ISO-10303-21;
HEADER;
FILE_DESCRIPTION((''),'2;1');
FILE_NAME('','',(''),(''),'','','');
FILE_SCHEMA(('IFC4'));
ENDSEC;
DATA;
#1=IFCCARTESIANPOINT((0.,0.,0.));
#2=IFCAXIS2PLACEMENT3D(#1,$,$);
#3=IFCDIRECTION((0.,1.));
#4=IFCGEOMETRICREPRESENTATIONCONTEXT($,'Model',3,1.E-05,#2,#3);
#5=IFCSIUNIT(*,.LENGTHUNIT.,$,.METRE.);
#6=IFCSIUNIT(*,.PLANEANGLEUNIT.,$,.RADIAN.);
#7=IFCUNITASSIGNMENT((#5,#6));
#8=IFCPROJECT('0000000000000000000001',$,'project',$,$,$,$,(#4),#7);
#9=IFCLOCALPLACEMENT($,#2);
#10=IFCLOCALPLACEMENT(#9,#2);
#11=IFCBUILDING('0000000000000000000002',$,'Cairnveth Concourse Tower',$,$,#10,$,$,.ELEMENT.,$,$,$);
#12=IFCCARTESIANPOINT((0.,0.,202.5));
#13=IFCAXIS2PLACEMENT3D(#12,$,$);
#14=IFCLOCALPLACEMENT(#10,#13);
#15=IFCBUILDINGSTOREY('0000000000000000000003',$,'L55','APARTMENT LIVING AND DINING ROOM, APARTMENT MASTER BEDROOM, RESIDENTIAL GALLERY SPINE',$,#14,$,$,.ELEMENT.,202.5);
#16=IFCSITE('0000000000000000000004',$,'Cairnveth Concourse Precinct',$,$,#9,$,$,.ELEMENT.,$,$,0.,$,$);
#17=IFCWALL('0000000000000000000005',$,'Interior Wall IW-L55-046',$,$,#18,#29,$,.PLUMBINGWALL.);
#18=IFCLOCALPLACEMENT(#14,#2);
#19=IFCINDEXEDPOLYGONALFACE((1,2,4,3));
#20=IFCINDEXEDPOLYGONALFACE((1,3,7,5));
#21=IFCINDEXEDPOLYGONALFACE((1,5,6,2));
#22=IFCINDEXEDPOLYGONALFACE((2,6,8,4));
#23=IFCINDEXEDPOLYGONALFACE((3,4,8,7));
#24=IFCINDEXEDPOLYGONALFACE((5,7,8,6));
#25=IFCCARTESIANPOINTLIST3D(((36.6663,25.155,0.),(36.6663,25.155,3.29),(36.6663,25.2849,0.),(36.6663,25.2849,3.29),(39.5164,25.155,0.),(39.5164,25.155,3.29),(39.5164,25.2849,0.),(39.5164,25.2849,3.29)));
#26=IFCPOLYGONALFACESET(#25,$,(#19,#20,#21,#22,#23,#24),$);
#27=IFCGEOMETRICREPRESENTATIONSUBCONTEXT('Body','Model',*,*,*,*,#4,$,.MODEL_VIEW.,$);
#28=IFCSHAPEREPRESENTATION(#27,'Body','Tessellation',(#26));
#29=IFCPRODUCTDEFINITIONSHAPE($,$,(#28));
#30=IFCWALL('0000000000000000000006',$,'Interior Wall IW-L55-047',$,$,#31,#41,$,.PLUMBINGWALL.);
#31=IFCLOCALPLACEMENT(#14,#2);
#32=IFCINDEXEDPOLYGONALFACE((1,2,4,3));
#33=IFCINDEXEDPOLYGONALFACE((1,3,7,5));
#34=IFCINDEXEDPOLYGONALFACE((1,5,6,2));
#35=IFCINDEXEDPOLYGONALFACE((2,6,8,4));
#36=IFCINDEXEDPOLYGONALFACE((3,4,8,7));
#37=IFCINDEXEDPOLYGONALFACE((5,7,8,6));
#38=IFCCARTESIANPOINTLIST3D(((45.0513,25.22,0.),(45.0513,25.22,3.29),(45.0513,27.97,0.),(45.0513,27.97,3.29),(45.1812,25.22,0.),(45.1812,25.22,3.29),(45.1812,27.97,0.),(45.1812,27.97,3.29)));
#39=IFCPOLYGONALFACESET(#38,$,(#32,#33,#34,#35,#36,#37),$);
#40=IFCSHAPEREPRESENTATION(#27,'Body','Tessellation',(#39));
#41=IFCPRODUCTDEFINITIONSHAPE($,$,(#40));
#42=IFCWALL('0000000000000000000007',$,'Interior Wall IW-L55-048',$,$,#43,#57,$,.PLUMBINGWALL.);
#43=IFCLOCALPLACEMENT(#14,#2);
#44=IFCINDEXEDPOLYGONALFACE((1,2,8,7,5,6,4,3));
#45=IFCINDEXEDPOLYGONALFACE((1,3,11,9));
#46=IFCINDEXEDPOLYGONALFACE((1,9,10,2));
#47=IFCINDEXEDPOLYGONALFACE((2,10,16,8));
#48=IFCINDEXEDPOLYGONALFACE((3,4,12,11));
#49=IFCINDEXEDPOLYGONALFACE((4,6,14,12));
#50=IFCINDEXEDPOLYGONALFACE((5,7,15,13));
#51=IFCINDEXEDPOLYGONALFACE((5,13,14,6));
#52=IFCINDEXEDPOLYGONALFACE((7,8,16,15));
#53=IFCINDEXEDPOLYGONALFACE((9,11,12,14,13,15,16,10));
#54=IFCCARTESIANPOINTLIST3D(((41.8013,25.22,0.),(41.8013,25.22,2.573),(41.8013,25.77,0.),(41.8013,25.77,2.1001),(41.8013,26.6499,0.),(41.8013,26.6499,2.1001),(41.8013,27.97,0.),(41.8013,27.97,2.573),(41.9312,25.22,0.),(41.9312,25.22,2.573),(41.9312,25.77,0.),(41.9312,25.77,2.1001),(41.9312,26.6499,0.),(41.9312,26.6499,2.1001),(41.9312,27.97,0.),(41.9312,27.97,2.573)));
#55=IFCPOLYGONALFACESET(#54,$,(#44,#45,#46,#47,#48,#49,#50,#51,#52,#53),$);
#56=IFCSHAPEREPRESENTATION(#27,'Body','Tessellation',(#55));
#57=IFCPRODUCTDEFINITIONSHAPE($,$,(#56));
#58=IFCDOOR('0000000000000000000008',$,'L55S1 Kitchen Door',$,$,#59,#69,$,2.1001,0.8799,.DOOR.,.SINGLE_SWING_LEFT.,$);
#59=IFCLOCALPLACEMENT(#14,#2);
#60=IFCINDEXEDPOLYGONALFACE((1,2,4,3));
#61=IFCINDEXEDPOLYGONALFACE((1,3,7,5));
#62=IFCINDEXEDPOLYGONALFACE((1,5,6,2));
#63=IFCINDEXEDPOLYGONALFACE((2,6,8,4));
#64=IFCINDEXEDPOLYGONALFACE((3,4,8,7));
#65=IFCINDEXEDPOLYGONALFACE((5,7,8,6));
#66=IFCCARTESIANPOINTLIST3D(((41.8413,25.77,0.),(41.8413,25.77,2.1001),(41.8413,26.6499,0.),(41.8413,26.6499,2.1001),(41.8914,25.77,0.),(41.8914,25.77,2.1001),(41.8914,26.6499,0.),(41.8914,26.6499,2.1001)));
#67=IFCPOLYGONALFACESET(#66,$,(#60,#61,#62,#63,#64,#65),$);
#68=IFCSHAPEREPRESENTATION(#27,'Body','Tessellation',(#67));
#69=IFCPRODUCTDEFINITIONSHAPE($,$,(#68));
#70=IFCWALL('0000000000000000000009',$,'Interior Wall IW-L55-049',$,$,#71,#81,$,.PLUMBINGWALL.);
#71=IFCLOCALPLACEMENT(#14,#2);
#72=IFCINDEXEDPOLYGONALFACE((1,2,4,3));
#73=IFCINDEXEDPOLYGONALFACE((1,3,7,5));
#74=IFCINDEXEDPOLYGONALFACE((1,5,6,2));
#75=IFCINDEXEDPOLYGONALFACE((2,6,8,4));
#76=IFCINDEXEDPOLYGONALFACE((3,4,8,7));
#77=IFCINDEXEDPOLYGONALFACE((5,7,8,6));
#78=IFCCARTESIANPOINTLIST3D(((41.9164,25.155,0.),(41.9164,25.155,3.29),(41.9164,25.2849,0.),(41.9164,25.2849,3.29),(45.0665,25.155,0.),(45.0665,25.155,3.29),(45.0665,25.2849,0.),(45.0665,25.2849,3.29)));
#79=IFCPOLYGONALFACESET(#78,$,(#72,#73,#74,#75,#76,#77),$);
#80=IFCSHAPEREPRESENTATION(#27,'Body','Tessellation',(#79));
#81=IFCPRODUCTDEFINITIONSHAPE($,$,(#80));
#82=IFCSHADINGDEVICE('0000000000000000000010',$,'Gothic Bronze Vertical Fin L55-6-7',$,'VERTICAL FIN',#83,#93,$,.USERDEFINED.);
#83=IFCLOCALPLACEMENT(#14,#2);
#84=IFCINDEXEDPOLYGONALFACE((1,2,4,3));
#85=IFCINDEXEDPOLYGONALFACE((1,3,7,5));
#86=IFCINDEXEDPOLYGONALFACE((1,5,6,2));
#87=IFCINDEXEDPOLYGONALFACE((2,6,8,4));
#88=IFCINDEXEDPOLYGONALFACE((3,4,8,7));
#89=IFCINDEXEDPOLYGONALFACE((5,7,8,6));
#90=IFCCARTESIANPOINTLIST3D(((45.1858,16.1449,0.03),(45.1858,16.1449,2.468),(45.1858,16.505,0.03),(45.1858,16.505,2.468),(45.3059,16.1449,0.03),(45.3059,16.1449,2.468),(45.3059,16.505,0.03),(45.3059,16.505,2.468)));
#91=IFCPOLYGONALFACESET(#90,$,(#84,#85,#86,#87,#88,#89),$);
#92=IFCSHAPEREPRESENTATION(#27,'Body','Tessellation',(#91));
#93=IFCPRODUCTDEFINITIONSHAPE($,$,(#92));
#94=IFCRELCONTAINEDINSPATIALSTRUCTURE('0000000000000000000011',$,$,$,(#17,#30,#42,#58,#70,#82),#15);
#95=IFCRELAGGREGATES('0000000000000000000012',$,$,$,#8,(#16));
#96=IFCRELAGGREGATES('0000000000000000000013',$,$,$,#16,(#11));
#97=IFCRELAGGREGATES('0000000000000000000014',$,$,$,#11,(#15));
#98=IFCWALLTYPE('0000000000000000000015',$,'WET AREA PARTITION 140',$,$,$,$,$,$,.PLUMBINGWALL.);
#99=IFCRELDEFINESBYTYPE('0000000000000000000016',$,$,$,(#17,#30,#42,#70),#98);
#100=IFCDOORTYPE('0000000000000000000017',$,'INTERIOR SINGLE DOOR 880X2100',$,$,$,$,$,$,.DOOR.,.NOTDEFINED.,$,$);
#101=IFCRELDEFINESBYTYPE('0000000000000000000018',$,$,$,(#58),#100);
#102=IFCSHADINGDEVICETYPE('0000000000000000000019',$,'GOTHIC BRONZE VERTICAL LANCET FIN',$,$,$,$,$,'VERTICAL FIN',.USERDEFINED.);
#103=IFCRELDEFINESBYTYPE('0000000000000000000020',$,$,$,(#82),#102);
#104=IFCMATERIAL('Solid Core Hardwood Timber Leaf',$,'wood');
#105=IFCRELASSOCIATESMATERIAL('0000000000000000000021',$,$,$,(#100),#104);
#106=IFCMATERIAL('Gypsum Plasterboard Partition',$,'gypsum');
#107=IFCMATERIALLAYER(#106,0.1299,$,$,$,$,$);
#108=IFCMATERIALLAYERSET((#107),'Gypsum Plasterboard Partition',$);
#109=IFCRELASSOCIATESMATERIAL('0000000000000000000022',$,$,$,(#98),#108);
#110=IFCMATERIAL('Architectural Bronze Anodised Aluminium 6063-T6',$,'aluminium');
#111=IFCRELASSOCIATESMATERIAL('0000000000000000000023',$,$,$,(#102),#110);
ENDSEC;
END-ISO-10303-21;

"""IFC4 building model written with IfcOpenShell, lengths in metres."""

from ifc_helpers import new_model, si_unit, direction, frame, frame_2d, origin, origin_2d, place, context, subcontext, project, spatial, rectangle, extrude, material, layer, layer_set, type_object, element, fill, save


model = new_model("IFC4")

# Units and contexts
model_context = context("Model", 3, precision=1e-05, world=origin(), true_north=direction((0.0, 1.0)))
body_context = subcontext(model_context, "Body", "Model", "MODEL_VIEW")
ifc_project = project(units=[si_unit("LENGTHUNIT", "METRE"), si_unit("PLANEANGLEUNIT", "RADIAN")], contexts=[model_context])

# Site, building, storey
site_placement = place(None, origin())
site = spatial("IfcSite", under=ifc_project, at=site_placement, Name="Cairnveth Concourse Precinct", CompositionType="ELEMENT", RefElevation=0.0)
building_placement = place(site_placement, origin())
building = spatial("IfcBuilding", under=site, at=building_placement, Name="Cairnveth Concourse Tower", CompositionType="ELEMENT")
storey_placement = place(building_placement, frame((0.0, 0.0, 202.5)))
storey = spatial("IfcBuildingStorey", under=building, at=storey_placement, Name="L55", Description="APARTMENT LIVING AND DINING ROOM, APARTMENT MASTER BEDROOM, RESIDENTIAL GALLERY SPINE", CompositionType="ELEMENT", Elevation=202.5)

# Shared definitions
ifc_material_1 = material(Name="Gypsum Plasterboard Partition", Category="gypsum")
ifc_material_2 = material(Name="Solid Core Hardwood Timber Leaf", Category="wood")
door_type_1 = type_object("IfcDoorType", Name="INTERIOR SINGLE DOOR 880X2100", OperationType="NOTDEFINED", PredefinedType="DOOR", material=ifc_material_2)

# Shared definitions
ifc_layer_1 = layer(ifc_material_1, 0.1299)
ifc_layer_set_1 = layer_set([ifc_layer_1], Name="Gypsum Plasterboard Partition")
wall_type_1 = type_object("IfcWallType", Name="WET AREA PARTITION 140", PredefinedType="PLUMBINGWALL", material=ifc_layer_set_1)

# Walls
wall_1_placement = place(storey_placement, frame((36.6663, 25.22, 0.0), z_axis=(0.0, 0.0, 1.0), x_axis=(1.0, 0.0, 0.0)))
element("IfcWall", 1, at=wall_1_placement, inside=storey, type_object=wall_type_1, Name="Interior Wall IW-L55-046", PredefinedType="PLUMBINGWALL", context=body_context, shape_type="SweptSolid", body=[
    extrude(rectangle(XDim=2.8501, YDim=0.1299, at=frame_2d((1.425, 0.0))), origin(), (0.0, 0.0, 1.0), 3.29),
])
wall_2_placement = place(storey_placement, frame((45.1162, 25.22, 0.0), z_axis=(0.0, 0.0, 1.0), x_axis=(0.0, 1.0, 0.0)))
element("IfcWall", 2, at=wall_2_placement, inside=storey, type_object=wall_type_1, Name="Interior Wall IW-L55-047", PredefinedType="PLUMBINGWALL", context=body_context, shape_type="SweptSolid", body=[
    extrude(rectangle(XDim=2.75, YDim=0.1299, at=frame_2d((1.375, 0.0))), origin(), (0.0, 0.0, 1.0), 3.29),
])

# Wall, opening, door
wall_3_placement = place(storey_placement, frame((41.8662, 25.22, 0.0), z_axis=(0.0, 0.0, 1.0), x_axis=(0.0, 1.0, 0.0)))
wall_3 = element("IfcWall", 3, at=wall_3_placement, inside=storey, type_object=wall_type_1, Name="Interior Wall IW-L55-048", PredefinedType="PLUMBINGWALL", context=body_context, shape_type="SweptSolid", body=[
    extrude(rectangle(XDim=2.75, YDim=0.1299, at=frame_2d((1.375, 0.0))), origin(), (0.0, 0.0, 1.0), 2.573),
])
opening_1_placement = place(wall_3_placement, frame((0.55, 0.0, 0.0)))
opening_1 = element("IfcOpeningElement", 4, at=opening_1_placement, cuts=wall_3, PredefinedType="OPENING", context=body_context, shape_type="SweptSolid", body=[
    extrude(rectangle(XDim=0.8799, YDim=2.1001, at=frame_2d((0.4399, 1.05))), frame((0.0, 0.075, 0.0), z_axis=(0.0, -1.0, 0.0), x_axis=(1.0, 0.0, 0.0)), (0.0, 0.0, 1.0), 0.1499),
])
door_1_placement = place(opening_1_placement, origin())
door_1 = element("IfcDoor", 5, at=door_1_placement, inside=storey, type_object=door_type_1, Name="L55S1 Kitchen Door", OperationType="SINGLE_SWING_LEFT", OverallHeight=2.1001, OverallWidth=0.8799, PredefinedType="DOOR", context=body_context, shape_type="SweptSolid", body=[
    extrude(rectangle(XDim=0.8799, YDim=2.1001, at=frame_2d((0.4399, 1.05))), frame((0.0, 0.0249, 0.0), z_axis=(0.0, -1.0, 0.0), x_axis=(1.0, 0.0, 0.0)), (0.0, 0.0, 1.0), 0.05),
])
fill(opening_1, door_1)

# Wall
wall_4_placement = place(storey_placement, frame((41.9163, 25.22, 0.0), z_axis=(0.0, 0.0, 1.0), x_axis=(1.0, 0.0, 0.0)))
element("IfcWall", 6, at=wall_4_placement, inside=storey, type_object=wall_type_1, Name="Interior Wall IW-L55-049", PredefinedType="PLUMBINGWALL", context=body_context, shape_type="SweptSolid", body=[
    extrude(rectangle(XDim=3.1501, YDim=0.1299, at=frame_2d((1.5752, 0.0))), origin(), (0.0, 0.0, 1.0), 3.29),
])

# Shading device
ifc_material_3 = material(Name="Architectural Bronze Anodised Aluminium 6063-T6", Category="aluminium")
shading_device_type = type_object("IfcShadingDeviceType", Name="GOTHIC BRONZE VERTICAL LANCET FIN", ElementType="VERTICAL FIN", PredefinedType="USERDEFINED", material=ifc_material_3)
shading_device_placement = place(storey_placement, frame((45.2458, 16.325, 0.03), z_axis=(0.0, 0.0, 1.0), x_axis=(1.0, 0.0, 0.0)))
element("IfcShadingDevice", 7, at=shading_device_placement, inside=storey, type_object=shading_device_type, Name="Gothic Bronze Vertical Fin L55-6-7", ObjectType="VERTICAL FIN", PredefinedType="USERDEFINED", context=body_context, shape_type="SweptSolid", body=[
    extrude(rectangle(XDim=0.1201, YDim=0.3601, at=origin_2d()), origin(), (0.0, 0.0, 1.0), 2.438),
])

save(model, "model.ifc")
